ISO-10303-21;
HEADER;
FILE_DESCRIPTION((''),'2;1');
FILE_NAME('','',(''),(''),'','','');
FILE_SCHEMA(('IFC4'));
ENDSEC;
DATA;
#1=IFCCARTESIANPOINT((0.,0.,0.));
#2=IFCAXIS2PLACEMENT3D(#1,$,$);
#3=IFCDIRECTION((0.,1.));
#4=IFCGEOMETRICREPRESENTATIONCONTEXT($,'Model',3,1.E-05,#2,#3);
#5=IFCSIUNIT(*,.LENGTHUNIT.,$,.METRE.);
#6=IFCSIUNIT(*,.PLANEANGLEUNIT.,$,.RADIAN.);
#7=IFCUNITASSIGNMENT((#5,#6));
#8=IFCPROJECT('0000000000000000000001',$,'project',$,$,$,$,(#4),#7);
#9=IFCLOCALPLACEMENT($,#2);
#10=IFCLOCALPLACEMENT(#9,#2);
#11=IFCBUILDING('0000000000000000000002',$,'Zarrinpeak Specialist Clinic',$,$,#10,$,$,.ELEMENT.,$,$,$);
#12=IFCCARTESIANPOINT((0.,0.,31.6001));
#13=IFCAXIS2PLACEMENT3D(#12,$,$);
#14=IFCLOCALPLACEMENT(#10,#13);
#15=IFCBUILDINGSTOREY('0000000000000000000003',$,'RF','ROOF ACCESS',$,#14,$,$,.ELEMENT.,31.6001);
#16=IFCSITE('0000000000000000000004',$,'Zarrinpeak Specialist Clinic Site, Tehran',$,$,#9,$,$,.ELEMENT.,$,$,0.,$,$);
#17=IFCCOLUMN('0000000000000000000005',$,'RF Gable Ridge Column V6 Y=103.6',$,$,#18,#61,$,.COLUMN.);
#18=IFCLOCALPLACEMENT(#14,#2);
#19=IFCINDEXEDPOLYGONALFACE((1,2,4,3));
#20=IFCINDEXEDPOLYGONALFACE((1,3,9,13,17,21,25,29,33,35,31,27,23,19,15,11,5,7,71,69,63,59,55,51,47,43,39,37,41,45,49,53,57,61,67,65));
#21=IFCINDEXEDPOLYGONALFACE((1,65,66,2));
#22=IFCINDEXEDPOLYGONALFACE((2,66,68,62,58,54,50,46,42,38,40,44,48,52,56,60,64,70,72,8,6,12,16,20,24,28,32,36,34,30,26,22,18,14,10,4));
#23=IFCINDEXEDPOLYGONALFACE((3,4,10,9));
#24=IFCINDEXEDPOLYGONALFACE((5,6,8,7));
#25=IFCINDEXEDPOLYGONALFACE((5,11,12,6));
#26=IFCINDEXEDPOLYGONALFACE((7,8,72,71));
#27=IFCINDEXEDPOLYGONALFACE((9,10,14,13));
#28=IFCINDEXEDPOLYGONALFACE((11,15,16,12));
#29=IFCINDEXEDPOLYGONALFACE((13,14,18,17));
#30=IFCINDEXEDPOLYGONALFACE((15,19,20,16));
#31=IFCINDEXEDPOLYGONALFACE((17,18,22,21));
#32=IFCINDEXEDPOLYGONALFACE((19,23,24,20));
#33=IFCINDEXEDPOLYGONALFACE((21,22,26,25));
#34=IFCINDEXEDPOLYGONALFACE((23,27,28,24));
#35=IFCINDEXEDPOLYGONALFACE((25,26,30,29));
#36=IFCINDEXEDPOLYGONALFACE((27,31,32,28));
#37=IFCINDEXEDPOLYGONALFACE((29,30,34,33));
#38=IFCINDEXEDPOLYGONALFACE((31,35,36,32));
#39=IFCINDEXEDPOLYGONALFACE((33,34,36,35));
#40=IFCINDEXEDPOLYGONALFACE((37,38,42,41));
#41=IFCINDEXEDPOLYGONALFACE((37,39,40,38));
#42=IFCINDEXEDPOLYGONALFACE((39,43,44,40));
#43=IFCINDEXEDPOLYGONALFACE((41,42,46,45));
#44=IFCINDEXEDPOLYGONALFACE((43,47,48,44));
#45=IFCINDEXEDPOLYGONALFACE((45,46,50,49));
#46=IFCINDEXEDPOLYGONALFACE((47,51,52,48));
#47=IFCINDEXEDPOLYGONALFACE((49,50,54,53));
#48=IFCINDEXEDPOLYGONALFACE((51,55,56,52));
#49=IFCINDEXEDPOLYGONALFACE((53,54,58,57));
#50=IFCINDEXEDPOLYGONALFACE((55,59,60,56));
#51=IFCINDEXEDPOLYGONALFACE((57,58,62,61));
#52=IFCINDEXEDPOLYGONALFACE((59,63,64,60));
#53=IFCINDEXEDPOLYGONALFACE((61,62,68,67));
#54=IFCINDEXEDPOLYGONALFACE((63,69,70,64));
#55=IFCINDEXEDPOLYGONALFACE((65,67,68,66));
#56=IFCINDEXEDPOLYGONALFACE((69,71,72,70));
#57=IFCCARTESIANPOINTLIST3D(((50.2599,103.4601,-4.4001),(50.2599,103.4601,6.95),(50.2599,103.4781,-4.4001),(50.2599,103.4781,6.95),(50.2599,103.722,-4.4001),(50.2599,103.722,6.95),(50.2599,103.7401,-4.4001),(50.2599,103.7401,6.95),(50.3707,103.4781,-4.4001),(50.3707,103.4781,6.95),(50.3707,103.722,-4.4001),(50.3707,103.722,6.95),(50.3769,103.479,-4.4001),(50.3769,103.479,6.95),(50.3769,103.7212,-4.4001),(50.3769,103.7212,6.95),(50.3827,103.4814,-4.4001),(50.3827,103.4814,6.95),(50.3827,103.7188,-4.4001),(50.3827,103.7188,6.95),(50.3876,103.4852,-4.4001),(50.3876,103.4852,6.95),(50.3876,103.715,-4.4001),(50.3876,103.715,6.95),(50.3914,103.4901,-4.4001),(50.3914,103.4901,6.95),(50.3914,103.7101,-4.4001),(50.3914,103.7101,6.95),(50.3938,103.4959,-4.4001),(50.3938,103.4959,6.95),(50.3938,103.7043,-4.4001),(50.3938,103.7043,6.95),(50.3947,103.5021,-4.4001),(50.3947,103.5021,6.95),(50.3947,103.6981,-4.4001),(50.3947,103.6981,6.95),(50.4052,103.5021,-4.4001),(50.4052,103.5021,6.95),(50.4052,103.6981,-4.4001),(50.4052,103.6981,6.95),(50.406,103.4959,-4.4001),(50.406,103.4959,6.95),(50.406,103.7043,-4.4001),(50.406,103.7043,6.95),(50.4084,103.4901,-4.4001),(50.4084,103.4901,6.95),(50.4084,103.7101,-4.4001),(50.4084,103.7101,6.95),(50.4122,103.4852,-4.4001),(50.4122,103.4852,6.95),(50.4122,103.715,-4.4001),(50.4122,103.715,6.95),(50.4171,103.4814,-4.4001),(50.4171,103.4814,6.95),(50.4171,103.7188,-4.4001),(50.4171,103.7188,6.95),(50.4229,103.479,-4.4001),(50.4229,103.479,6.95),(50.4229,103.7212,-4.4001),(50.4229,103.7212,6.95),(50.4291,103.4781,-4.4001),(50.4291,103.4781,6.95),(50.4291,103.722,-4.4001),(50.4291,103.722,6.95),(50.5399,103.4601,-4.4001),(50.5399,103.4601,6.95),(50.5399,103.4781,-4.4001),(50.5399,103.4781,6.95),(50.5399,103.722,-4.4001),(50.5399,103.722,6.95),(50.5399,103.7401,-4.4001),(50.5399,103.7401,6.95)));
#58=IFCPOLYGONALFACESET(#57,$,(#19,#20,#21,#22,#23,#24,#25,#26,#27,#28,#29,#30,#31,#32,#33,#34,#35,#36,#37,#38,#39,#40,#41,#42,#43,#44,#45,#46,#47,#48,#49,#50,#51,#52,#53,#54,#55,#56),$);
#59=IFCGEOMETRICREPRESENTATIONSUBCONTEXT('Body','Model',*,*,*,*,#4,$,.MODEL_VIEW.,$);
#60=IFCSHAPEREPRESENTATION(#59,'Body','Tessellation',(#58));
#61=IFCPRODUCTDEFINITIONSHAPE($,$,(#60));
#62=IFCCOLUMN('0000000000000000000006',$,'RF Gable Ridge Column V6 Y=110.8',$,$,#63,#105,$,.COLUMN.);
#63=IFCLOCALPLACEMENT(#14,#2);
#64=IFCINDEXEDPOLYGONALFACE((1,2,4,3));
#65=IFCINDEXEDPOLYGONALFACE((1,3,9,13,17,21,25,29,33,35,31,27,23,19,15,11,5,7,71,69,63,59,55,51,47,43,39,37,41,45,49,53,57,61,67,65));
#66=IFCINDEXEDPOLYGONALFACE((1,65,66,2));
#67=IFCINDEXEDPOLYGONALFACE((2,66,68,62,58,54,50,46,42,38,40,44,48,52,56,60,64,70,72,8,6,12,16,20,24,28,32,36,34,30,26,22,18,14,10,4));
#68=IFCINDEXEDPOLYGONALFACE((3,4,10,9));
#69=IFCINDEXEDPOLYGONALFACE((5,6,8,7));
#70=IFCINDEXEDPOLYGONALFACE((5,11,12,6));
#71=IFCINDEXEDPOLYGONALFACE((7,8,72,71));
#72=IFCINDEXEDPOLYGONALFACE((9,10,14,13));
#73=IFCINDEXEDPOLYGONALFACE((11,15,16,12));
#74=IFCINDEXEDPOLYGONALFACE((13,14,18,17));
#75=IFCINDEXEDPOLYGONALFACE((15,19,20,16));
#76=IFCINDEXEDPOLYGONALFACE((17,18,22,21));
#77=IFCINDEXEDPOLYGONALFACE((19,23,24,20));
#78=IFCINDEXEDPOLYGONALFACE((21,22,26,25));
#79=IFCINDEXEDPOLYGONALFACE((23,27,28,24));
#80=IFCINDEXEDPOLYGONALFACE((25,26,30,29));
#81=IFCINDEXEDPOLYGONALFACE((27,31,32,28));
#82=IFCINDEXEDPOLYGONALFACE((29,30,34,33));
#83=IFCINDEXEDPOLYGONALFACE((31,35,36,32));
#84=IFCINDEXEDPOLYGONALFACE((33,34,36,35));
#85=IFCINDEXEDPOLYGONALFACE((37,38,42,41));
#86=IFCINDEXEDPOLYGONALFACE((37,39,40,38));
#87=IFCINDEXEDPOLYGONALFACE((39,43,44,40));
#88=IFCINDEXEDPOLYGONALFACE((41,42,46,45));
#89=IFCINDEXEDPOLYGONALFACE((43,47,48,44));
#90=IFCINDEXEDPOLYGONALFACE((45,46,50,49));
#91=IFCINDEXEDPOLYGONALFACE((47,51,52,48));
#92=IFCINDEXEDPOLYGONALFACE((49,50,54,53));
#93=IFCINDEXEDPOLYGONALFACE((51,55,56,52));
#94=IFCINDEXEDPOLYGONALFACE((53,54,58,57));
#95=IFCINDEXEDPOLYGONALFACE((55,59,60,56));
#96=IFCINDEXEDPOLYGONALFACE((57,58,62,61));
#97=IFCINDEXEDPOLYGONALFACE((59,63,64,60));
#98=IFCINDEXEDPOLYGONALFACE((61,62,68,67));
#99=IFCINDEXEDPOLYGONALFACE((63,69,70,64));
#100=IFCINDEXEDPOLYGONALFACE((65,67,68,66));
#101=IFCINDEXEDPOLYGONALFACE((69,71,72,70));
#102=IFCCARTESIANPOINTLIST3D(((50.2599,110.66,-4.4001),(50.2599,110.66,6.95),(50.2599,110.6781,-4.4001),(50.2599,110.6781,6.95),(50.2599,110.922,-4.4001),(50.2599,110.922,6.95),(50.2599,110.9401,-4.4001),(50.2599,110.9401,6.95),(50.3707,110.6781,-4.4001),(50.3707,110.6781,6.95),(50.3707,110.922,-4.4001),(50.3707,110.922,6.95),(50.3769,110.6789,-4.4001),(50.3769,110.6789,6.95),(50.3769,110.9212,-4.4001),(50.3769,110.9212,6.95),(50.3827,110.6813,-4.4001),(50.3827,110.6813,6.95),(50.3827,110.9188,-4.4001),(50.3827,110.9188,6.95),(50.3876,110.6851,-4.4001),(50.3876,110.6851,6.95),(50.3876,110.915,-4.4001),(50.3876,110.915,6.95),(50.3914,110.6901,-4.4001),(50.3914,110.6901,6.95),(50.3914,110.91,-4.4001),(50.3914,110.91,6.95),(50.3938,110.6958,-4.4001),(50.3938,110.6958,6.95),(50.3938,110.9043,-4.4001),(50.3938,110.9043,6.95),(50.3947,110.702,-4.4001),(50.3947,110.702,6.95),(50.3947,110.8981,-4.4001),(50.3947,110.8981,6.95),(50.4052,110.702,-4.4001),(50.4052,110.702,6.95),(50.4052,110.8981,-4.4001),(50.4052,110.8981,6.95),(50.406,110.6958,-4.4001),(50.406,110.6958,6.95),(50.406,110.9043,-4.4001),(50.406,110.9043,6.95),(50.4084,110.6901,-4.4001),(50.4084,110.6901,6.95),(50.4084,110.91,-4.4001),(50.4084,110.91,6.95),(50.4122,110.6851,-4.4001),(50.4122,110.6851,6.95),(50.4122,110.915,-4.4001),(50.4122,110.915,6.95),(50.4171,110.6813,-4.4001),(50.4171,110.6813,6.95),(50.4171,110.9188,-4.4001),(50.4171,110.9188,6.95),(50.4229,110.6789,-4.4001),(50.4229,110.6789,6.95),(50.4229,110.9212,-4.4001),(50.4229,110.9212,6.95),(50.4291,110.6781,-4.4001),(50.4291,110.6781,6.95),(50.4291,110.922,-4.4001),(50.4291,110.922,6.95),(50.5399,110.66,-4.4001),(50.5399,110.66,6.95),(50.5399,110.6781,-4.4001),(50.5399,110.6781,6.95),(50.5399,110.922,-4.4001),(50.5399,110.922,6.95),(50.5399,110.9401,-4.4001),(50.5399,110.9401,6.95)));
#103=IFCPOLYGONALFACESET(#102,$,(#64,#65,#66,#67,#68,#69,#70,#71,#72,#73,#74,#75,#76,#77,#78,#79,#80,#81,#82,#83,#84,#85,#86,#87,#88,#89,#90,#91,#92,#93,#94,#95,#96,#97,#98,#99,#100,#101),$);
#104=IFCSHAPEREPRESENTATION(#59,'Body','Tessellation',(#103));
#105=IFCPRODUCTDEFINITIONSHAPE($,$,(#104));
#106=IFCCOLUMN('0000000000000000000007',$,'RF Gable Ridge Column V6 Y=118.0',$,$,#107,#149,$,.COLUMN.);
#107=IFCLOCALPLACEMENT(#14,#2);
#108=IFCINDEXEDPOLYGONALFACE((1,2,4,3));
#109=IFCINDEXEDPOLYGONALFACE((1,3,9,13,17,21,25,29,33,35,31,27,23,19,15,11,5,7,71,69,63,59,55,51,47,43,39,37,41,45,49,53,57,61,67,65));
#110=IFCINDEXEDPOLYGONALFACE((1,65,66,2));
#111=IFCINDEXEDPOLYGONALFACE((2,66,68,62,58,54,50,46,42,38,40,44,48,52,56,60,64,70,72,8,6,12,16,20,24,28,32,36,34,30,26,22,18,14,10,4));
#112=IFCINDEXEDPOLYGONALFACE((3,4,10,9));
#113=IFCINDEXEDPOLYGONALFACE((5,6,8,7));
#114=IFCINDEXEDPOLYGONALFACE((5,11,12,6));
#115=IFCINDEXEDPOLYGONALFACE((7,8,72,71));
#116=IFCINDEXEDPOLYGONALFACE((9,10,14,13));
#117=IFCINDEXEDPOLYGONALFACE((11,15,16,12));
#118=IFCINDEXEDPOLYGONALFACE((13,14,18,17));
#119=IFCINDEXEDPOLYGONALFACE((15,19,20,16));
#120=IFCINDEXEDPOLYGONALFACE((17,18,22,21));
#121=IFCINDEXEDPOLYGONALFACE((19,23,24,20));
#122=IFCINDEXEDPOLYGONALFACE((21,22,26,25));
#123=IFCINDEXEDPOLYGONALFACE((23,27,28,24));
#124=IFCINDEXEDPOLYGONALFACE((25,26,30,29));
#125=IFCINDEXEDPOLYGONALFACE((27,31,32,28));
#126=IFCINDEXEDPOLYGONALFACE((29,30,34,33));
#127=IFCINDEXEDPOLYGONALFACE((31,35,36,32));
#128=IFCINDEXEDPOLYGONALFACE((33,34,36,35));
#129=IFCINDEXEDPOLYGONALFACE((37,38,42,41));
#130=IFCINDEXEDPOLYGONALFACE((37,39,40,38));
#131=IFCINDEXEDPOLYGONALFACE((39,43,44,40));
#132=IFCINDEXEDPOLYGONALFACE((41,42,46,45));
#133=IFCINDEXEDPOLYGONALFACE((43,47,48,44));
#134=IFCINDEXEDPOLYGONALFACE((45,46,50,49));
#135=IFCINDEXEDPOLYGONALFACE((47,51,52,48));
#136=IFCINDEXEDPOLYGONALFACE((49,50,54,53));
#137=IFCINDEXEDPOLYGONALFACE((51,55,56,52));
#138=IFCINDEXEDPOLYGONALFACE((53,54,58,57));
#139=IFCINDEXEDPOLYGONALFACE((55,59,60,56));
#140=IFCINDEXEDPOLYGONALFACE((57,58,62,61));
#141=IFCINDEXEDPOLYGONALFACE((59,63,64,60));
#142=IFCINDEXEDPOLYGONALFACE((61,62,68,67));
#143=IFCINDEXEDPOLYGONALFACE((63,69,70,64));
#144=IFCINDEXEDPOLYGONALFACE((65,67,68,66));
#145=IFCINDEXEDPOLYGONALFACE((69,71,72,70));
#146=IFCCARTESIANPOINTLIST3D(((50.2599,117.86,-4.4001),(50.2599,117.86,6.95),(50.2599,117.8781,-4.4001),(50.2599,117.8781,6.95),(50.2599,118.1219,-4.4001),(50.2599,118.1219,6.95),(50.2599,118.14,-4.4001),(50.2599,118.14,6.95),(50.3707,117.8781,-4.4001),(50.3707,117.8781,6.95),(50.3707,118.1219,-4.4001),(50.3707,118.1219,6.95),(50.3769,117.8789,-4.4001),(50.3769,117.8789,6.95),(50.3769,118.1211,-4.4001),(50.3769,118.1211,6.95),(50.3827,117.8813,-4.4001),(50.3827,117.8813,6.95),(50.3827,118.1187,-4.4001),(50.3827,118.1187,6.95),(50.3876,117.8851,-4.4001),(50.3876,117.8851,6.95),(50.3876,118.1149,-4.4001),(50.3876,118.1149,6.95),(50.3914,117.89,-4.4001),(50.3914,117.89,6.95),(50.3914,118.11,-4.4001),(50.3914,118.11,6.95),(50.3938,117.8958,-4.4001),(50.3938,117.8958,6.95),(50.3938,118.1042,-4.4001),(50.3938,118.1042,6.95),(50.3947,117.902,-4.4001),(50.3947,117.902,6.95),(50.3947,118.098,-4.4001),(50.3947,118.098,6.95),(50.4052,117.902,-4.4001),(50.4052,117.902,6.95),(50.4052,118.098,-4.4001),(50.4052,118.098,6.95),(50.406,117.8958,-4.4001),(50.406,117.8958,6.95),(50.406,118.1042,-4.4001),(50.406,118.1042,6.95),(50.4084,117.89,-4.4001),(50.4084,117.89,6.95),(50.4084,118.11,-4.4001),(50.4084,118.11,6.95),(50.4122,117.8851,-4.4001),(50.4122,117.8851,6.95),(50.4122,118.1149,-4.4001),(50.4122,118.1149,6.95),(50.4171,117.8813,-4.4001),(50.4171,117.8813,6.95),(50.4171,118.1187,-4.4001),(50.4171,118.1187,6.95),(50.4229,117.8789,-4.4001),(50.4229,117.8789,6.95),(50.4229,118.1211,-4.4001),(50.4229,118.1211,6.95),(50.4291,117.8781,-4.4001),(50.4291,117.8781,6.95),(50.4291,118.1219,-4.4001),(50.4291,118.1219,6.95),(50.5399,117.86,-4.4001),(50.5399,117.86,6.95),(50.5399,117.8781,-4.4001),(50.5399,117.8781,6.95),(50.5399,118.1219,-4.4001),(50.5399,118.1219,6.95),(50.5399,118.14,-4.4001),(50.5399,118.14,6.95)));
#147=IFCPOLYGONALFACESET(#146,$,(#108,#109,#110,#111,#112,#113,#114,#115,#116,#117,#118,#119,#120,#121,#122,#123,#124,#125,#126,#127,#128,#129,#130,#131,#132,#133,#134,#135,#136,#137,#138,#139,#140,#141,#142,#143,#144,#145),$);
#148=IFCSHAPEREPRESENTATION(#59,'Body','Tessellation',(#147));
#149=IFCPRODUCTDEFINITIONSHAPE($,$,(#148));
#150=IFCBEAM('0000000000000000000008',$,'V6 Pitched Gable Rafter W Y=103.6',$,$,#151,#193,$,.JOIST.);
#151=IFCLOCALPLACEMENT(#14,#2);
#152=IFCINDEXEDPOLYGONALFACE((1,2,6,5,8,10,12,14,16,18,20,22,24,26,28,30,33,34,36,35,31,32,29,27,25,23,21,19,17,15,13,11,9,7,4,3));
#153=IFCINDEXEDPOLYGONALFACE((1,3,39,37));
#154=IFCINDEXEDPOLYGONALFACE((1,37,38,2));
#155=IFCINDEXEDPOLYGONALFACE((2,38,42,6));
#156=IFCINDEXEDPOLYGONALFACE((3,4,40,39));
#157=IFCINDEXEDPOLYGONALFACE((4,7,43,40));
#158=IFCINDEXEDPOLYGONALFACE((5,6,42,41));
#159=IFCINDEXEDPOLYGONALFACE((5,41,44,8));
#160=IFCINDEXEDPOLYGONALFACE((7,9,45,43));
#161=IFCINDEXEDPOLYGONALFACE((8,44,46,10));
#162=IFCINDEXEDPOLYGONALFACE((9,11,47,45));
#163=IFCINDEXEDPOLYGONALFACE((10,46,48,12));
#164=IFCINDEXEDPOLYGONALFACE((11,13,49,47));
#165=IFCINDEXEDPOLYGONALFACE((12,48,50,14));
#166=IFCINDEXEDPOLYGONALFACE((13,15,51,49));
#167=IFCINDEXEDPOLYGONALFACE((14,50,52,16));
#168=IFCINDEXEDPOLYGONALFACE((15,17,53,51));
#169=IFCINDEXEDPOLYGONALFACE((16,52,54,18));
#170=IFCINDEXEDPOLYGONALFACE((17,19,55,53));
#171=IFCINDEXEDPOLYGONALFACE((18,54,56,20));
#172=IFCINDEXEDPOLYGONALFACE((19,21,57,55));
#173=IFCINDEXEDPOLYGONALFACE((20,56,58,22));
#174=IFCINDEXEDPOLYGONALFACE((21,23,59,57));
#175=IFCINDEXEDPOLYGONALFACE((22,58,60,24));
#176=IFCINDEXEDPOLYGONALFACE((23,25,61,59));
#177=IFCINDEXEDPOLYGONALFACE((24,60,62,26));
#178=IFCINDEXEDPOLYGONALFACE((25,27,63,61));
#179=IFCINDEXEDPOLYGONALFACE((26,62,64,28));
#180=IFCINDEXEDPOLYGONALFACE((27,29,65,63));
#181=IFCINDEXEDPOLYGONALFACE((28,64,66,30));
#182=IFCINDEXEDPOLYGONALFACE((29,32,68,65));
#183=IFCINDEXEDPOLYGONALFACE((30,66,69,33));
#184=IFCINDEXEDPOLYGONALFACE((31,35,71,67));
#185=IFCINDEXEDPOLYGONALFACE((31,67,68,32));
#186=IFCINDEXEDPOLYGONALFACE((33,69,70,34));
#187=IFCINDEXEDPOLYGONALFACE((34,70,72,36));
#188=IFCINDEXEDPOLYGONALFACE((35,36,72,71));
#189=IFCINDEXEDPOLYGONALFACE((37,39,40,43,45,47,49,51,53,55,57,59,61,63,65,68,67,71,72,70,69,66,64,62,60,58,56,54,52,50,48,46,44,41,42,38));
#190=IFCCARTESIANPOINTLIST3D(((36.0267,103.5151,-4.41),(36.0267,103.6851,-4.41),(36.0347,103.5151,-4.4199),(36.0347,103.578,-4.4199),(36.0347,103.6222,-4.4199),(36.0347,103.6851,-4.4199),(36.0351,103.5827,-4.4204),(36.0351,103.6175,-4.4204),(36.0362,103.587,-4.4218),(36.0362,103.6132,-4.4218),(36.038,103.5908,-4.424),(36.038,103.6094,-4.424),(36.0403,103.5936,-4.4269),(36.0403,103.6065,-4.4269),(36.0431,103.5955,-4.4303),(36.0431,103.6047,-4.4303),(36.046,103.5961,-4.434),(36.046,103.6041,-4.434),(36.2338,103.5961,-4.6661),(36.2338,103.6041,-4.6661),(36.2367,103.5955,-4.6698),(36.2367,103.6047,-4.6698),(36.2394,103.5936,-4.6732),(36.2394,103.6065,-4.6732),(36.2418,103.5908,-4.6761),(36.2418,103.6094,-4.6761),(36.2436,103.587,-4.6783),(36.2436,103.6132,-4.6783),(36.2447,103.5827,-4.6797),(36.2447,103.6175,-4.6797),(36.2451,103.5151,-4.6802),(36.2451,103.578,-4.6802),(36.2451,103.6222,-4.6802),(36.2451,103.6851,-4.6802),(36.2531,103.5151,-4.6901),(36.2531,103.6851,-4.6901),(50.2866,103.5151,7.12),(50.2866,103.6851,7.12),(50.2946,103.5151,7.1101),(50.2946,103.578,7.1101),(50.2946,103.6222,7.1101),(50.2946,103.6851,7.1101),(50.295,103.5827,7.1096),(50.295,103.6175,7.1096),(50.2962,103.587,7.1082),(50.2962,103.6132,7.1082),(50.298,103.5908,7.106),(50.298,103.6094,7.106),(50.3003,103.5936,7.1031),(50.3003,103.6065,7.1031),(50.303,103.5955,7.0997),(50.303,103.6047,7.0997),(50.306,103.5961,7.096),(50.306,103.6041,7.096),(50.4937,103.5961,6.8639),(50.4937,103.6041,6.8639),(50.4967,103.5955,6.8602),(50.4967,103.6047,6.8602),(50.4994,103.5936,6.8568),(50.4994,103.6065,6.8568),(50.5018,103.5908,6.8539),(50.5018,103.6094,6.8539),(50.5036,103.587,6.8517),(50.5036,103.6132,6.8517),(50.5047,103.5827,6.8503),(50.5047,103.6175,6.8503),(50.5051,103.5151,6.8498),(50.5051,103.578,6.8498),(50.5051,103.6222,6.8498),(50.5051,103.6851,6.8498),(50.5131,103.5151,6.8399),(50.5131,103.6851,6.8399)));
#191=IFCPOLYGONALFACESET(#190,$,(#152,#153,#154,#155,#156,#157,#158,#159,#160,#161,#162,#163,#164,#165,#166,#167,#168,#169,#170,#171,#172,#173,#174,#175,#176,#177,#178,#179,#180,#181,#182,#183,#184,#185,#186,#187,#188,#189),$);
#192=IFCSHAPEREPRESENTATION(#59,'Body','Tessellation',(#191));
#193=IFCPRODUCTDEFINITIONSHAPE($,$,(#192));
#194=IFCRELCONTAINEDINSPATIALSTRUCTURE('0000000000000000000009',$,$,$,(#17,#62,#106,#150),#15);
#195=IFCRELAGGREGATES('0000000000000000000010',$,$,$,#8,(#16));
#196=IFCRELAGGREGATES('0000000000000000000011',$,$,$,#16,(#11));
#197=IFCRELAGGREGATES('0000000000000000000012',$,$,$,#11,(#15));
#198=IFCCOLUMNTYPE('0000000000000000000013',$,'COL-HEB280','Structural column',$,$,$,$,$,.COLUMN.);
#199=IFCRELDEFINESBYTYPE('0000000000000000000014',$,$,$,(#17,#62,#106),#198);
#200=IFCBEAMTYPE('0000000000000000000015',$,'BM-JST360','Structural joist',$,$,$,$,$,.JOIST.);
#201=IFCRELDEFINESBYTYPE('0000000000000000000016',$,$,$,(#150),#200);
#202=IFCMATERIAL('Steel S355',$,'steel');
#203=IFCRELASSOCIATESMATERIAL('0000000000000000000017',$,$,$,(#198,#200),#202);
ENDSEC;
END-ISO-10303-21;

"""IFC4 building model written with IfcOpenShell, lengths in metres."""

from ifc_helpers import new_model, si_unit, direction, frame, origin, origin_2d, place, context, subcontext, project, spatial, i_section, extrude, material, material_profile, profile_set, type_object, element, save


model = new_model("IFC4")

# Units and contexts
model_context = context("Model", 3, precision=1e-05, world=origin(), true_north=direction((0.0, 1.0)))
body_context = subcontext(model_context, "Body", "Model", "MODEL_VIEW")
ifc_project = project(units=[si_unit("LENGTHUNIT", "METRE"), si_unit("PLANEANGLEUNIT", "RADIAN")], contexts=[model_context])

# Site, building, storey
site_placement = place(None, origin())
site = spatial("IfcSite", under=ifc_project, at=site_placement, Name="Zarrinpeak Specialist Clinic Site, Tehran", CompositionType="ELEMENT", RefElevation=0.0)
building_placement = place(site_placement, origin())
building = spatial("IfcBuilding", under=site, at=building_placement, Name="Zarrinpeak Specialist Clinic", CompositionType="ELEMENT")
storey_placement = place(building_placement, frame((0.0, 0.0, 31.6001)))
storey = spatial("IfcBuildingStorey", under=building, at=storey_placement, Name="RF", Description="ROOF ACCESS", CompositionType="ELEMENT", Elevation=31.6001)

# Columns
ifc_material = material(Name="Steel S355", Category="steel")
ifc_material_profile_1 = material_profile(ifc_material, i_section(OverallWidth=0.28, OverallDepth=0.28, WebThickness=0.0105, FlangeThickness=0.0181, FilletRadius=0.0239, at=origin_2d()), Name="HEB 280")
ifc_profile_set_1 = profile_set([ifc_material_profile_1], Name="Steel S355")
column_type = type_object("IfcColumnType", Name="COL-HEB280", Description="Structural column", PredefinedType="COLUMN", material=ifc_profile_set_1)
for number, where, z_axis, x_axis, name in (
    (1, (50.3999, 103.6001, -4.4001), (0.0, 0.0, 1.0), (1.0, 0.0, 0.0), "RF Gable Ridge Column V6 Y=103.6"),
    (2, (50.3999, 110.8, -4.4001), (0.0, 0.0, 1.0), (1.0, 0.0, 0.0), "RF Gable Ridge Column V6 Y=110.8"),
    (3, (50.3999, 118.0, -4.4001), (0.0, 0.0, 1.0), (1.0, 0.0, 0.0), "RF Gable Ridge Column V6 Y=118.0"),
):
    element("IfcColumn", number, at=place(storey_placement, frame(where, z_axis=z_axis, x_axis=x_axis)), inside=storey, type_object=column_type, Name=name, PredefinedType="COLUMN", context=body_context, shape_type="SweptSolid", body=[
        extrude(i_section(OverallWidth=0.28, OverallDepth=0.28, WebThickness=0.0105, FlangeThickness=0.0181, FilletRadius=0.0239, at=origin_2d()), origin(), (0.0, 0.0, 1.0), 11.3501),
    ])

# Beam
ifc_material_profile_2 = material_profile(ifc_material, i_section(OverallWidth=0.1699, OverallDepth=0.3601, WebThickness=0.0081, FlangeThickness=0.0127, FilletRadius=0.0181, at=origin_2d()), Name="IPE 360")
ifc_profile_set_2 = profile_set([ifc_material_profile_2], Name="Steel S355")
beam_type_1 = type_object("IfcBeamType", Name="BM-JST360", Description="Structural joist", PredefinedType="JOIST", material=ifc_profile_set_2)
for number, where, z_axis, x_axis, name in (
    (4, (36.1399, 103.6001, -4.55), (0.777612, 0.0, 0.628744), (0.0, 1.0, 0.0), "V6 Pitched Gable Rafter W Y=103.6"),
):
    element("IfcBeam", number, at=place(storey_placement, frame(where, z_axis=z_axis, x_axis=x_axis)), inside=storey, type_object=beam_type_1, Name=name, PredefinedType="JOIST", context=body_context, shape_type="SweptSolid", body=[
        extrude(i_section(OverallWidth=0.1699, OverallDepth=0.3601, WebThickness=0.0081, FlangeThickness=0.0127, FilletRadius=0.0181, at=origin_2d()), origin(), (0.0, 0.0, 1.0), 18.3381),
    ])

save(model, "model.ifc")
